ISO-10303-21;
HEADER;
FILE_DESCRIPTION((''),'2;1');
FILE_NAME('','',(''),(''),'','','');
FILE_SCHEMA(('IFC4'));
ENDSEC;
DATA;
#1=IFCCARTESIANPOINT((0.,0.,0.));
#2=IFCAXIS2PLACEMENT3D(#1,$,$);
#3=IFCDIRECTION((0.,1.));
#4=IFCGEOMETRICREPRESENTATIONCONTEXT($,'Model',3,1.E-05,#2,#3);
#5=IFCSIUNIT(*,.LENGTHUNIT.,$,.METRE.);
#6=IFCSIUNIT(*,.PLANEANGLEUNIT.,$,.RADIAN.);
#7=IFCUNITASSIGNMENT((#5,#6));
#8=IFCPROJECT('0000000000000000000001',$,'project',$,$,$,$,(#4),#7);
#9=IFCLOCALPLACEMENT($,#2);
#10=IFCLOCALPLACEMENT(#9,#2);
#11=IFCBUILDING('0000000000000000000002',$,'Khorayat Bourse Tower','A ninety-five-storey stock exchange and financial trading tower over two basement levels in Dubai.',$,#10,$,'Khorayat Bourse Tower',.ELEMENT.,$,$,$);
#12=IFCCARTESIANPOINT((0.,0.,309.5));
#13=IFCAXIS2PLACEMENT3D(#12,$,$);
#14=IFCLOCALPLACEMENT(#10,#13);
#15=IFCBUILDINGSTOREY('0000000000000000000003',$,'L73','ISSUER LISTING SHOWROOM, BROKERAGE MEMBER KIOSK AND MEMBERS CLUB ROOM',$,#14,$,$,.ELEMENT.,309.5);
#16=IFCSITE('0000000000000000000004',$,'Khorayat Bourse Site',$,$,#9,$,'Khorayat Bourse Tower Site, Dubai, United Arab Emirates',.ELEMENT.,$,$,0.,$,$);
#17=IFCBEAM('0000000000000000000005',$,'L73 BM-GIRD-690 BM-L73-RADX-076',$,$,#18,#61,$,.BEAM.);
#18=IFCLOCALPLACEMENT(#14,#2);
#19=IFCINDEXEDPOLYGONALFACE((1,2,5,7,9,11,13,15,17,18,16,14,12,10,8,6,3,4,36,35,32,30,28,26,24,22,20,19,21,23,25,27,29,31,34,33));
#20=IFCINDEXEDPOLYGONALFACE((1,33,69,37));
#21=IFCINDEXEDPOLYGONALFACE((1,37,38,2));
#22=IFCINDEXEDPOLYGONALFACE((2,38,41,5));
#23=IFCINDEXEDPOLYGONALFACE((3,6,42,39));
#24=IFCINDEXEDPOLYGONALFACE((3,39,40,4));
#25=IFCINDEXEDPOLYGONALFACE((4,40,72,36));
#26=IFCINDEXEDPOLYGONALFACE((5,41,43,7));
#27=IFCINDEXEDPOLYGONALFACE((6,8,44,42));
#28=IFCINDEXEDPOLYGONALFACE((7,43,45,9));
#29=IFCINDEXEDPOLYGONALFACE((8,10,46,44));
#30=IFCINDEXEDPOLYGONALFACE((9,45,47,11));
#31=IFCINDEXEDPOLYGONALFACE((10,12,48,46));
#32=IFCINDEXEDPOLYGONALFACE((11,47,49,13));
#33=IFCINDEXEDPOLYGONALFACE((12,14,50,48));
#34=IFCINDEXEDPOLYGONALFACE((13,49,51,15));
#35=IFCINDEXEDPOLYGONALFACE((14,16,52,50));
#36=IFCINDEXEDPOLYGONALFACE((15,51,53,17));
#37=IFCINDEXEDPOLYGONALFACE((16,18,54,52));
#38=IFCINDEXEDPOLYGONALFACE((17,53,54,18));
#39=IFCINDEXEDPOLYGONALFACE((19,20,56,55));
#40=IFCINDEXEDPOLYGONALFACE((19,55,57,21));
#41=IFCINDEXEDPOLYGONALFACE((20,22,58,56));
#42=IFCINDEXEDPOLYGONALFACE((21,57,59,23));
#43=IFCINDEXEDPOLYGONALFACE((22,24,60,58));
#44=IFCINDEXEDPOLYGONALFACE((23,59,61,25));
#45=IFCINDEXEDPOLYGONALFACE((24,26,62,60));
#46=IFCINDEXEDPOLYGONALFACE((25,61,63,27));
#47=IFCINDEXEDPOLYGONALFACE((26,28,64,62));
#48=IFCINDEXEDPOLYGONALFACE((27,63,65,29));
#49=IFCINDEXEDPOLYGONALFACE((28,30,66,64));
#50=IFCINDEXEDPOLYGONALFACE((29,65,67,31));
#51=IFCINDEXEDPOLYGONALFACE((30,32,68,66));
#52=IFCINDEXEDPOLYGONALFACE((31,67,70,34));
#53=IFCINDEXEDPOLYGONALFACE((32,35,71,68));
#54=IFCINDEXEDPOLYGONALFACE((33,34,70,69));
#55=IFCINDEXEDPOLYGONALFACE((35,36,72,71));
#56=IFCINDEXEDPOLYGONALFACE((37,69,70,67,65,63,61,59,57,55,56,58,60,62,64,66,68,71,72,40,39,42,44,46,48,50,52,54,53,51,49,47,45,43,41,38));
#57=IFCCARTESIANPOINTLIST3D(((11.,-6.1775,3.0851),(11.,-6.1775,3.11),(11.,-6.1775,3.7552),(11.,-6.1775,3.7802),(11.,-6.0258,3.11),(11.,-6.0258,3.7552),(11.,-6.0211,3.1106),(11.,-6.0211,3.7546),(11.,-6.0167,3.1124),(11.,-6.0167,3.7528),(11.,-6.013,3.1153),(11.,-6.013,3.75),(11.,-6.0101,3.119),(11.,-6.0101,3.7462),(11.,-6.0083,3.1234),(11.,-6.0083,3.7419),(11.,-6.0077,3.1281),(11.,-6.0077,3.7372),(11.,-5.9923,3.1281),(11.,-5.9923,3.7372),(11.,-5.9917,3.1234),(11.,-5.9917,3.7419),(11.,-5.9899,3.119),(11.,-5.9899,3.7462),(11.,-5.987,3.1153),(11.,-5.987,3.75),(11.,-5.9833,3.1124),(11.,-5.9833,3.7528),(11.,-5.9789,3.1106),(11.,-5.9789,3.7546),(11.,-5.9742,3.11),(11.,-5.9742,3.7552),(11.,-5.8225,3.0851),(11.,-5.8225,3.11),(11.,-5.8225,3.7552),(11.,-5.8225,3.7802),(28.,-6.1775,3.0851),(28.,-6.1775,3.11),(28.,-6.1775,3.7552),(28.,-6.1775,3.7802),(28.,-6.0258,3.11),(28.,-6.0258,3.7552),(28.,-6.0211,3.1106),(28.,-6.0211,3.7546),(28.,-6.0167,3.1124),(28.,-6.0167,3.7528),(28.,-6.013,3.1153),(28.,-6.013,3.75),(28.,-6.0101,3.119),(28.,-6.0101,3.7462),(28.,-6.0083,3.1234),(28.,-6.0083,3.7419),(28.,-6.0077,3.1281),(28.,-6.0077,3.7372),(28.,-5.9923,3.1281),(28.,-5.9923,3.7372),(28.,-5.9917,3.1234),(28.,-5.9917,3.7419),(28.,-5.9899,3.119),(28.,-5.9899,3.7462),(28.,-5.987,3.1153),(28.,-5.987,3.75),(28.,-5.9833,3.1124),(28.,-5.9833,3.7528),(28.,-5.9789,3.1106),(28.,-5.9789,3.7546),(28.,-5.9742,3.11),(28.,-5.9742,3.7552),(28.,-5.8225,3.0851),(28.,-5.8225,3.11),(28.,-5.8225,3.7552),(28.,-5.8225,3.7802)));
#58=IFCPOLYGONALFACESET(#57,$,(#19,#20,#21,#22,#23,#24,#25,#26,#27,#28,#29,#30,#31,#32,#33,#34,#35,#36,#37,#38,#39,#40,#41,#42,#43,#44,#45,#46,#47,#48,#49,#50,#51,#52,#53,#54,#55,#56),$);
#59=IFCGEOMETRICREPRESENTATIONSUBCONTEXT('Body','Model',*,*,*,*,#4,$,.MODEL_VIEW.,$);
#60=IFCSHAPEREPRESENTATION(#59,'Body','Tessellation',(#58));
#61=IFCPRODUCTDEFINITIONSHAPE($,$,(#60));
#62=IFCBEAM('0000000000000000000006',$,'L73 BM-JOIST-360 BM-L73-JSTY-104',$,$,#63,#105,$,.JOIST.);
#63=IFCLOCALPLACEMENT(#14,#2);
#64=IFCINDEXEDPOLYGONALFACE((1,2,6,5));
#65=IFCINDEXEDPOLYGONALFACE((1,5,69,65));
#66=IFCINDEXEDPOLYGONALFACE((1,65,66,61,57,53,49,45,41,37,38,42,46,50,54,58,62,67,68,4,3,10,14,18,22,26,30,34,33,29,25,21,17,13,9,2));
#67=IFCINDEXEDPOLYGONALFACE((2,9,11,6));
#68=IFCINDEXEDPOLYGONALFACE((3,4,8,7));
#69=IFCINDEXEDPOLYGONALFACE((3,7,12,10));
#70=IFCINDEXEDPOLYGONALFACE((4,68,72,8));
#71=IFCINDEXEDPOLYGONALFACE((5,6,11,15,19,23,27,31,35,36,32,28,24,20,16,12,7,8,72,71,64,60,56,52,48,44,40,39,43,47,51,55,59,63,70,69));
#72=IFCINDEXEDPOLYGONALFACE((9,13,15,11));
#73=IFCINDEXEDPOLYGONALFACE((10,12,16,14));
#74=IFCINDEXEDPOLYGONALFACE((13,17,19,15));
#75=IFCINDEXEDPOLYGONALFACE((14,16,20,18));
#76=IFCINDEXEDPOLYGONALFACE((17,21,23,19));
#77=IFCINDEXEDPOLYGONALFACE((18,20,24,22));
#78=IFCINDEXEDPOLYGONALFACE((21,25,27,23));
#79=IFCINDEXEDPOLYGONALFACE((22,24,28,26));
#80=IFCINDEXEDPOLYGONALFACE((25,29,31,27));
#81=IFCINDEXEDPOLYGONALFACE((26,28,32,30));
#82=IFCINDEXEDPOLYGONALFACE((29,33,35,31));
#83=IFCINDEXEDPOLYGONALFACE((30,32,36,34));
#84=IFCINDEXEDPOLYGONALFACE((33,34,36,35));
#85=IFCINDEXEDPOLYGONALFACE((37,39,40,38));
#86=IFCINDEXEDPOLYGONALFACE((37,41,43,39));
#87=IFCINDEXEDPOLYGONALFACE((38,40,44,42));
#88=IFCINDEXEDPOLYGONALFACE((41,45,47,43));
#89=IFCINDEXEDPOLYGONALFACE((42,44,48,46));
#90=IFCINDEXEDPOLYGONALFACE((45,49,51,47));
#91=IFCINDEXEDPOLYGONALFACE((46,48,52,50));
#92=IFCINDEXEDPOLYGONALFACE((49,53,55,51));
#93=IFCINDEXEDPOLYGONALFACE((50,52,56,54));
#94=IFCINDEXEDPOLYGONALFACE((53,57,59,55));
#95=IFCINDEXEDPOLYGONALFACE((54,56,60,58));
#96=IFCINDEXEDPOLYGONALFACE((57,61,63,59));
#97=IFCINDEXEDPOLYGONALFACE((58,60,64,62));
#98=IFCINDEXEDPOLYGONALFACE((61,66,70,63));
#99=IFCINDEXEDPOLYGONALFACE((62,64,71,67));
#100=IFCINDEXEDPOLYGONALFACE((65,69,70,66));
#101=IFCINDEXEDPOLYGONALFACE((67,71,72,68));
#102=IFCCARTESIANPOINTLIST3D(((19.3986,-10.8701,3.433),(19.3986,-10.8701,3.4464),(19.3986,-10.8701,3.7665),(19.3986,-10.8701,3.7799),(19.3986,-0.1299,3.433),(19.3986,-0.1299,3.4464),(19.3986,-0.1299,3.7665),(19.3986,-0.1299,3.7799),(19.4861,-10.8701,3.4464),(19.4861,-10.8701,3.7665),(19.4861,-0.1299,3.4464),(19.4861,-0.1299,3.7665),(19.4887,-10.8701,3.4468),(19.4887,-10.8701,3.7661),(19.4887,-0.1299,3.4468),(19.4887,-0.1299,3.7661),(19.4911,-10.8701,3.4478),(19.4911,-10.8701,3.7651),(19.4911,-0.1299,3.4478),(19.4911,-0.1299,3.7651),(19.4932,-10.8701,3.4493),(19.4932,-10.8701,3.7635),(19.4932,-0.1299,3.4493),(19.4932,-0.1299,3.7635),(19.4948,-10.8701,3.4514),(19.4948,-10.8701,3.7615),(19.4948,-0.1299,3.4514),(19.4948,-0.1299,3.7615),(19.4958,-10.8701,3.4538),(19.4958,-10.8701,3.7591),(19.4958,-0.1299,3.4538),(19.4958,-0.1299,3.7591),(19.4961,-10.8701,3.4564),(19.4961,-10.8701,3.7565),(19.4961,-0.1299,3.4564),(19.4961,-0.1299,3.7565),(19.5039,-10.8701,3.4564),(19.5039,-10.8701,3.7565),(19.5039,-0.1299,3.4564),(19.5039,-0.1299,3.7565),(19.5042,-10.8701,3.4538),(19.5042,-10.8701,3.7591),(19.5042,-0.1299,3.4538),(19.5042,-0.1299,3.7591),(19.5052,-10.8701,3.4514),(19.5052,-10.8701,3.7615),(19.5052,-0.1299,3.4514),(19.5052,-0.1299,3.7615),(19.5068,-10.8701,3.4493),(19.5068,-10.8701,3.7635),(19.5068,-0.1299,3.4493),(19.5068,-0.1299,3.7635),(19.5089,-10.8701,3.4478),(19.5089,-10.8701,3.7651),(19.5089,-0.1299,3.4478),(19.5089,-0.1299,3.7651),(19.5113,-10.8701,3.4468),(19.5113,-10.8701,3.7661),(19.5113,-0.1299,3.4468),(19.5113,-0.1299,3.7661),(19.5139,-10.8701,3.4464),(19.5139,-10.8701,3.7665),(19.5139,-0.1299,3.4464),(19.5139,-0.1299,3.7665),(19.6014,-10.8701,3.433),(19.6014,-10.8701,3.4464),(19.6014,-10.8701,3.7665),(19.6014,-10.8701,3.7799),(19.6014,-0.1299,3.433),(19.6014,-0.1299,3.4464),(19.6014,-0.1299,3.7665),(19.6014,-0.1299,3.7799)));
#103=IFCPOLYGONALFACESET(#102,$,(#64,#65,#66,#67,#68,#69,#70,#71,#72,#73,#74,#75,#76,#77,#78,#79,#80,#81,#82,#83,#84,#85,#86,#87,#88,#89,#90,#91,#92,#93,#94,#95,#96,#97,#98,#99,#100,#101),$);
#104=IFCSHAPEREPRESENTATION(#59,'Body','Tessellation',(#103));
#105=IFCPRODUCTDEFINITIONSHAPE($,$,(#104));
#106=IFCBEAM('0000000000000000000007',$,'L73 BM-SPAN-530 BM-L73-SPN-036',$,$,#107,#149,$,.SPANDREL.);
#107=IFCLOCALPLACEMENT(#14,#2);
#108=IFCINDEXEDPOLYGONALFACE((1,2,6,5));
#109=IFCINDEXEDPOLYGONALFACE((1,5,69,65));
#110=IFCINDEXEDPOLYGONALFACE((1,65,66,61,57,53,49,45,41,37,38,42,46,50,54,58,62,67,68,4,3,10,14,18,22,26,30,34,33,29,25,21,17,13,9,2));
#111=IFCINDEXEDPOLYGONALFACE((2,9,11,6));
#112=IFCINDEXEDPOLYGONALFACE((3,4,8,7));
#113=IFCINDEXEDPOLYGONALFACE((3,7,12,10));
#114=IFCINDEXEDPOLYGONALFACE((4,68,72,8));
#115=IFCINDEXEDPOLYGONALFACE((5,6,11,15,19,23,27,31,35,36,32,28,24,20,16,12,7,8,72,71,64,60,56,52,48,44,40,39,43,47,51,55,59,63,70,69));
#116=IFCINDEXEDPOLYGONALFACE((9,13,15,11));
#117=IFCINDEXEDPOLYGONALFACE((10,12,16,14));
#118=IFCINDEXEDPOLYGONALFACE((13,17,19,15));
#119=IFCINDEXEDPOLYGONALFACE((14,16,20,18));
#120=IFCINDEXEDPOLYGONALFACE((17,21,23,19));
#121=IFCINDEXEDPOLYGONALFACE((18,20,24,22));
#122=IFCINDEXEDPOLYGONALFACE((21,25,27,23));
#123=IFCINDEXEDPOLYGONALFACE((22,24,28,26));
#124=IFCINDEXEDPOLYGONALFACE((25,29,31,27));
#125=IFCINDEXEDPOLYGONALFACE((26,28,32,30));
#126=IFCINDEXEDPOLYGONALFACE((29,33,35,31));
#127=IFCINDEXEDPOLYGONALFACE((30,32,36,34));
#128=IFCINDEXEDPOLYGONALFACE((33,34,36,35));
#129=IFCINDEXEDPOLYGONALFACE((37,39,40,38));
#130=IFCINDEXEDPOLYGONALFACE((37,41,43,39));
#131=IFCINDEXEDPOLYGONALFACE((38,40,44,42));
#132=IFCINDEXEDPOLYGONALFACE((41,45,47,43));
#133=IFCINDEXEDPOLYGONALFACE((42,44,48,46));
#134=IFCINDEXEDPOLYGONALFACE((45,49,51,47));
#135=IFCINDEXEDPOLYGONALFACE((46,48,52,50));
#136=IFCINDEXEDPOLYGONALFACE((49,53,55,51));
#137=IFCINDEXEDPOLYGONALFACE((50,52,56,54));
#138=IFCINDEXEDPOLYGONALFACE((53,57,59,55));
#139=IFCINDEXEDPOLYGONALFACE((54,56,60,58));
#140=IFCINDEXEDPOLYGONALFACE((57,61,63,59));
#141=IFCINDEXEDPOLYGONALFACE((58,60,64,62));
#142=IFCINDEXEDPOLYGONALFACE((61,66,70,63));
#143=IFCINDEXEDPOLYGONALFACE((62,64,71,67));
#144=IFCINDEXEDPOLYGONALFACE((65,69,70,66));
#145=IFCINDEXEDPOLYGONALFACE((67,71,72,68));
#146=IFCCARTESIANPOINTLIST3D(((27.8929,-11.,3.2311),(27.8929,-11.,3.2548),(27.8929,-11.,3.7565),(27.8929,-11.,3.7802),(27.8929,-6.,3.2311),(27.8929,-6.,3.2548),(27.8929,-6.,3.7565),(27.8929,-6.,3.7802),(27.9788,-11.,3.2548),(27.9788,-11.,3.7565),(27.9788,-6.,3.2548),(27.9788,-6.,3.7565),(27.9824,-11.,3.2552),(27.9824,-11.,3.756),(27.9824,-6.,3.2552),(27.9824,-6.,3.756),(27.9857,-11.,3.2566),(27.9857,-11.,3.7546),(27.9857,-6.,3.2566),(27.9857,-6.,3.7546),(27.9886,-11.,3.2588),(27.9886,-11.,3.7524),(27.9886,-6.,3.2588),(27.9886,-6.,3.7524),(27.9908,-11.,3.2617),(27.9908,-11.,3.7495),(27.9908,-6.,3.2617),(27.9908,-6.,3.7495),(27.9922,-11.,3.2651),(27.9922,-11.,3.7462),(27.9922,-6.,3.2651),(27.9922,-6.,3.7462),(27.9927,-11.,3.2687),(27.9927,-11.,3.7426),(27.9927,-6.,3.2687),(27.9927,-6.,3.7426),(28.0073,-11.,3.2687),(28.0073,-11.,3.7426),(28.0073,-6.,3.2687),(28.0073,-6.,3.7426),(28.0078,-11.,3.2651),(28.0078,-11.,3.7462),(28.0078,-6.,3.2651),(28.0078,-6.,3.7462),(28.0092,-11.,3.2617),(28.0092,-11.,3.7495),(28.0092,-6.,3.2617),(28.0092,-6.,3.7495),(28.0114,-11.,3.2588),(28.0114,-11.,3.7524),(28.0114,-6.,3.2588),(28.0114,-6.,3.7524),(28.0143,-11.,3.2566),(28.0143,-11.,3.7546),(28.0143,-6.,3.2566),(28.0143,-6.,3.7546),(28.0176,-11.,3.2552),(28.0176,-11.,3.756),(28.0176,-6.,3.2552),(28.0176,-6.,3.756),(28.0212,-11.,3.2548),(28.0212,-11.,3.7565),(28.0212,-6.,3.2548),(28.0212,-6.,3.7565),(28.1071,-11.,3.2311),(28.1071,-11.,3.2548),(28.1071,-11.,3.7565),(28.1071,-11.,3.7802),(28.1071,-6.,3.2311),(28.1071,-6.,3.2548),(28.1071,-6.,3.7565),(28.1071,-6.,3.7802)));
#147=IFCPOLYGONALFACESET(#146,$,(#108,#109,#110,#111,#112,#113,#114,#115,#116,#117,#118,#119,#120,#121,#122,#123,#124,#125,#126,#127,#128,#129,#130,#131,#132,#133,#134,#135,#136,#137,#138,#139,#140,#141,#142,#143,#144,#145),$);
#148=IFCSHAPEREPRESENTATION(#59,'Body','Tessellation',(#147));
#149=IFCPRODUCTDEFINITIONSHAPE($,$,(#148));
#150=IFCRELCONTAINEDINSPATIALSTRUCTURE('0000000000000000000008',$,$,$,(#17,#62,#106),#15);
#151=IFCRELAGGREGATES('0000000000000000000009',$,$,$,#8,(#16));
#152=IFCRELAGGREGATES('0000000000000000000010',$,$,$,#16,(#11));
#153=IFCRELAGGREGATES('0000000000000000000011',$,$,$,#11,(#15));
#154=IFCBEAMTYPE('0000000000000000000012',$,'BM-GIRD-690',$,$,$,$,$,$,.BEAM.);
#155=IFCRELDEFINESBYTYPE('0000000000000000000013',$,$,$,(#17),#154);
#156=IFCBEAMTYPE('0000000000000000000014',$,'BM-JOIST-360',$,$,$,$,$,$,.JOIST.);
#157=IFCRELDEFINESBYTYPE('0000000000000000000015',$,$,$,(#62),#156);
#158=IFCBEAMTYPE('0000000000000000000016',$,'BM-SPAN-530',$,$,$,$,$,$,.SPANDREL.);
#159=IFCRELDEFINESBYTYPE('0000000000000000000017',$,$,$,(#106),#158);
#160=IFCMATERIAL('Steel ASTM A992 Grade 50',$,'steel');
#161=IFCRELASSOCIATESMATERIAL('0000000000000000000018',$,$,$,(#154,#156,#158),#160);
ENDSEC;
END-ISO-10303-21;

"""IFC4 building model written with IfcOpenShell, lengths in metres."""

from ifc_helpers import new_model, si_unit, direction, frame, origin, origin_2d, place, context, subcontext, project, spatial, i_section, extrude, source, transform, mapped, material, material_profile, profile_set, type_object, element, save


model = new_model("IFC4")

# Units and contexts
model_context = context("Model", 3, precision=1e-05, world=origin(), true_north=direction((0.0, 1.0)))
body_context = subcontext(model_context, "Body", "Model", "MODEL_VIEW")
ifc_project = project(units=[si_unit("LENGTHUNIT", "METRE"), si_unit("PLANEANGLEUNIT", "RADIAN")], contexts=[model_context])

# Site, building, storey
site_placement = place(None, origin())
site = spatial("IfcSite", under=ifc_project, at=site_placement, Name="Khorayat Bourse Site", LongName="Khorayat Bourse Tower Site, Dubai, United Arab Emirates", CompositionType="ELEMENT", RefElevation=0.0)
building_placement = place(site_placement, origin())
building = spatial("IfcBuilding", under=site, at=building_placement, Name="Khorayat Bourse Tower", Description="A ninety-five-storey stock exchange and financial trading tower over two basement levels in Dubai.", LongName="Khorayat Bourse Tower", CompositionType="ELEMENT")
storey_placement = place(building_placement, frame((0.0, 0.0, 309.5)))
storey = spatial("IfcBuildingStorey", under=building, at=storey_placement, Name="L73", Description="ISSUER LISTING SHOWROOM, BROKERAGE MEMBER KIOSK AND MEMBERS CLUB ROOM", CompositionType="ELEMENT", Elevation=309.5)

# Beams
ifc_material_1 = material(Name="Steel ASTM A992 Grade 50", Category="steel")
ifc_material_profile_1 = material_profile(ifc_material_1, i_section(OverallWidth=0.355, OverallDepth=0.6951, WebThickness=0.0154, FlangeThickness=0.0249, FilletRadius=0.0181, at=origin_2d()), Name="W690X217")
ifc_profile_set_1 = profile_set([ifc_material_profile_1], Name="Steel ASTM A992 Grade 50")
beam_type_1 = type_object("IfcBeamType", Name="BM-GIRD-690", PredefinedType="BEAM", material=ifc_profile_set_1)
shared_shape_1 = source(origin(), body_context, "Body", "SweptSolid", [
    extrude(i_section(OverallWidth=0.355, OverallDepth=0.6951, WebThickness=0.0154, FlangeThickness=0.0249, FilletRadius=0.0181, at=origin_2d()), origin(), (0.0, 0.0, 1.0), 17.0),
])
for number, where, z_axis, x_axis, name in (
    (1, (11.0, -6.0, 3.4326), (1.0, 0.0, 0.0), (0.0, 1.0, 0.0), "L73 BM-GIRD-690 BM-L73-RADX-076"),
):
    element("IfcBeam", number, at=place(storey_placement, frame(where, z_axis=z_axis, x_axis=x_axis)), inside=storey, type_object=beam_type_1, Name=name, PredefinedType="BEAM", context=body_context, shape_type="MappedRepresentation", body=[
        mapped(shared_shape_1, transform((0.0, 0.0, 0.0), scale=1.0)),
    ])
ifc_material_profile_2 = material_profile(ifc_material_1, i_section(OverallWidth=0.2029, OverallDepth=0.3469, WebThickness=0.0078, FlangeThickness=0.0134, FilletRadius=0.01, at=origin_2d()), Name="W360X64")
ifc_profile_set_2 = profile_set([ifc_material_profile_2], Name="Steel ASTM A992 Grade 50")
beam_type_2 = type_object("IfcBeamType", Name="BM-JOIST-360", PredefinedType="JOIST", material=ifc_profile_set_2)
shared_shape_2 = source(origin(), body_context, "Body", "SweptSolid", [
    extrude(i_section(OverallWidth=0.2029, OverallDepth=0.3469, WebThickness=0.0078, FlangeThickness=0.0134, FilletRadius=0.01, at=origin_2d()), origin(), (0.0, 0.0, 1.0), 10.7402),
])
beam_1_placement = place(storey_placement, frame((19.5, -10.8701, 3.6064), z_axis=(0.0, 1.0, 0.0), x_axis=(-1.0, 0.0, 0.0)))
element("IfcBeam", 2, at=beam_1_placement, inside=storey, type_object=beam_type_2, Name="L73 BM-JOIST-360 BM-L73-JSTY-104", PredefinedType="JOIST", context=body_context, shape_type="MappedRepresentation", body=[
    mapped(shared_shape_2, transform((0.0, 0.0, 0.0), scale=1.0)),
])
ifc_material_profile_3 = material_profile(ifc_material_1, i_section(OverallWidth=0.2141, OverallDepth=0.5491, WebThickness=0.0146, FlangeThickness=0.0237, FilletRadius=0.0139, at=origin_2d()), Name="W530X138")
ifc_profile_set_3 = profile_set([ifc_material_profile_3], Name="Steel ASTM A992 Grade 50")
beam_type_3 = type_object("IfcBeamType", Name="BM-SPAN-530", PredefinedType="SPANDREL", material=ifc_profile_set_3)
shared_shape_3 = source(origin(), body_context, "Body", "SweptSolid", [
    extrude(i_section(OverallWidth=0.2141, OverallDepth=0.5491, WebThickness=0.0146, FlangeThickness=0.0237, FilletRadius=0.0139, at=origin_2d()), origin(), (0.0, 0.0, 1.0), 5.0),
])
beam_2_placement = place(storey_placement, frame((28.0, -11.0, 3.5056), z_axis=(0.0, 1.0, 0.0), x_axis=(-1.0, 0.0, 0.0)))
element("IfcBeam", 3, at=beam_2_placement, inside=storey, type_object=beam_type_3, Name="L73 BM-SPAN-530 BM-L73-SPN-036", PredefinedType="SPANDREL", context=body_context, shape_type="MappedRepresentation", body=[
    mapped(shared_shape_3, transform((0.0, 0.0, 0.0), scale=1.0)),
])

save(model, "model.ifc")
